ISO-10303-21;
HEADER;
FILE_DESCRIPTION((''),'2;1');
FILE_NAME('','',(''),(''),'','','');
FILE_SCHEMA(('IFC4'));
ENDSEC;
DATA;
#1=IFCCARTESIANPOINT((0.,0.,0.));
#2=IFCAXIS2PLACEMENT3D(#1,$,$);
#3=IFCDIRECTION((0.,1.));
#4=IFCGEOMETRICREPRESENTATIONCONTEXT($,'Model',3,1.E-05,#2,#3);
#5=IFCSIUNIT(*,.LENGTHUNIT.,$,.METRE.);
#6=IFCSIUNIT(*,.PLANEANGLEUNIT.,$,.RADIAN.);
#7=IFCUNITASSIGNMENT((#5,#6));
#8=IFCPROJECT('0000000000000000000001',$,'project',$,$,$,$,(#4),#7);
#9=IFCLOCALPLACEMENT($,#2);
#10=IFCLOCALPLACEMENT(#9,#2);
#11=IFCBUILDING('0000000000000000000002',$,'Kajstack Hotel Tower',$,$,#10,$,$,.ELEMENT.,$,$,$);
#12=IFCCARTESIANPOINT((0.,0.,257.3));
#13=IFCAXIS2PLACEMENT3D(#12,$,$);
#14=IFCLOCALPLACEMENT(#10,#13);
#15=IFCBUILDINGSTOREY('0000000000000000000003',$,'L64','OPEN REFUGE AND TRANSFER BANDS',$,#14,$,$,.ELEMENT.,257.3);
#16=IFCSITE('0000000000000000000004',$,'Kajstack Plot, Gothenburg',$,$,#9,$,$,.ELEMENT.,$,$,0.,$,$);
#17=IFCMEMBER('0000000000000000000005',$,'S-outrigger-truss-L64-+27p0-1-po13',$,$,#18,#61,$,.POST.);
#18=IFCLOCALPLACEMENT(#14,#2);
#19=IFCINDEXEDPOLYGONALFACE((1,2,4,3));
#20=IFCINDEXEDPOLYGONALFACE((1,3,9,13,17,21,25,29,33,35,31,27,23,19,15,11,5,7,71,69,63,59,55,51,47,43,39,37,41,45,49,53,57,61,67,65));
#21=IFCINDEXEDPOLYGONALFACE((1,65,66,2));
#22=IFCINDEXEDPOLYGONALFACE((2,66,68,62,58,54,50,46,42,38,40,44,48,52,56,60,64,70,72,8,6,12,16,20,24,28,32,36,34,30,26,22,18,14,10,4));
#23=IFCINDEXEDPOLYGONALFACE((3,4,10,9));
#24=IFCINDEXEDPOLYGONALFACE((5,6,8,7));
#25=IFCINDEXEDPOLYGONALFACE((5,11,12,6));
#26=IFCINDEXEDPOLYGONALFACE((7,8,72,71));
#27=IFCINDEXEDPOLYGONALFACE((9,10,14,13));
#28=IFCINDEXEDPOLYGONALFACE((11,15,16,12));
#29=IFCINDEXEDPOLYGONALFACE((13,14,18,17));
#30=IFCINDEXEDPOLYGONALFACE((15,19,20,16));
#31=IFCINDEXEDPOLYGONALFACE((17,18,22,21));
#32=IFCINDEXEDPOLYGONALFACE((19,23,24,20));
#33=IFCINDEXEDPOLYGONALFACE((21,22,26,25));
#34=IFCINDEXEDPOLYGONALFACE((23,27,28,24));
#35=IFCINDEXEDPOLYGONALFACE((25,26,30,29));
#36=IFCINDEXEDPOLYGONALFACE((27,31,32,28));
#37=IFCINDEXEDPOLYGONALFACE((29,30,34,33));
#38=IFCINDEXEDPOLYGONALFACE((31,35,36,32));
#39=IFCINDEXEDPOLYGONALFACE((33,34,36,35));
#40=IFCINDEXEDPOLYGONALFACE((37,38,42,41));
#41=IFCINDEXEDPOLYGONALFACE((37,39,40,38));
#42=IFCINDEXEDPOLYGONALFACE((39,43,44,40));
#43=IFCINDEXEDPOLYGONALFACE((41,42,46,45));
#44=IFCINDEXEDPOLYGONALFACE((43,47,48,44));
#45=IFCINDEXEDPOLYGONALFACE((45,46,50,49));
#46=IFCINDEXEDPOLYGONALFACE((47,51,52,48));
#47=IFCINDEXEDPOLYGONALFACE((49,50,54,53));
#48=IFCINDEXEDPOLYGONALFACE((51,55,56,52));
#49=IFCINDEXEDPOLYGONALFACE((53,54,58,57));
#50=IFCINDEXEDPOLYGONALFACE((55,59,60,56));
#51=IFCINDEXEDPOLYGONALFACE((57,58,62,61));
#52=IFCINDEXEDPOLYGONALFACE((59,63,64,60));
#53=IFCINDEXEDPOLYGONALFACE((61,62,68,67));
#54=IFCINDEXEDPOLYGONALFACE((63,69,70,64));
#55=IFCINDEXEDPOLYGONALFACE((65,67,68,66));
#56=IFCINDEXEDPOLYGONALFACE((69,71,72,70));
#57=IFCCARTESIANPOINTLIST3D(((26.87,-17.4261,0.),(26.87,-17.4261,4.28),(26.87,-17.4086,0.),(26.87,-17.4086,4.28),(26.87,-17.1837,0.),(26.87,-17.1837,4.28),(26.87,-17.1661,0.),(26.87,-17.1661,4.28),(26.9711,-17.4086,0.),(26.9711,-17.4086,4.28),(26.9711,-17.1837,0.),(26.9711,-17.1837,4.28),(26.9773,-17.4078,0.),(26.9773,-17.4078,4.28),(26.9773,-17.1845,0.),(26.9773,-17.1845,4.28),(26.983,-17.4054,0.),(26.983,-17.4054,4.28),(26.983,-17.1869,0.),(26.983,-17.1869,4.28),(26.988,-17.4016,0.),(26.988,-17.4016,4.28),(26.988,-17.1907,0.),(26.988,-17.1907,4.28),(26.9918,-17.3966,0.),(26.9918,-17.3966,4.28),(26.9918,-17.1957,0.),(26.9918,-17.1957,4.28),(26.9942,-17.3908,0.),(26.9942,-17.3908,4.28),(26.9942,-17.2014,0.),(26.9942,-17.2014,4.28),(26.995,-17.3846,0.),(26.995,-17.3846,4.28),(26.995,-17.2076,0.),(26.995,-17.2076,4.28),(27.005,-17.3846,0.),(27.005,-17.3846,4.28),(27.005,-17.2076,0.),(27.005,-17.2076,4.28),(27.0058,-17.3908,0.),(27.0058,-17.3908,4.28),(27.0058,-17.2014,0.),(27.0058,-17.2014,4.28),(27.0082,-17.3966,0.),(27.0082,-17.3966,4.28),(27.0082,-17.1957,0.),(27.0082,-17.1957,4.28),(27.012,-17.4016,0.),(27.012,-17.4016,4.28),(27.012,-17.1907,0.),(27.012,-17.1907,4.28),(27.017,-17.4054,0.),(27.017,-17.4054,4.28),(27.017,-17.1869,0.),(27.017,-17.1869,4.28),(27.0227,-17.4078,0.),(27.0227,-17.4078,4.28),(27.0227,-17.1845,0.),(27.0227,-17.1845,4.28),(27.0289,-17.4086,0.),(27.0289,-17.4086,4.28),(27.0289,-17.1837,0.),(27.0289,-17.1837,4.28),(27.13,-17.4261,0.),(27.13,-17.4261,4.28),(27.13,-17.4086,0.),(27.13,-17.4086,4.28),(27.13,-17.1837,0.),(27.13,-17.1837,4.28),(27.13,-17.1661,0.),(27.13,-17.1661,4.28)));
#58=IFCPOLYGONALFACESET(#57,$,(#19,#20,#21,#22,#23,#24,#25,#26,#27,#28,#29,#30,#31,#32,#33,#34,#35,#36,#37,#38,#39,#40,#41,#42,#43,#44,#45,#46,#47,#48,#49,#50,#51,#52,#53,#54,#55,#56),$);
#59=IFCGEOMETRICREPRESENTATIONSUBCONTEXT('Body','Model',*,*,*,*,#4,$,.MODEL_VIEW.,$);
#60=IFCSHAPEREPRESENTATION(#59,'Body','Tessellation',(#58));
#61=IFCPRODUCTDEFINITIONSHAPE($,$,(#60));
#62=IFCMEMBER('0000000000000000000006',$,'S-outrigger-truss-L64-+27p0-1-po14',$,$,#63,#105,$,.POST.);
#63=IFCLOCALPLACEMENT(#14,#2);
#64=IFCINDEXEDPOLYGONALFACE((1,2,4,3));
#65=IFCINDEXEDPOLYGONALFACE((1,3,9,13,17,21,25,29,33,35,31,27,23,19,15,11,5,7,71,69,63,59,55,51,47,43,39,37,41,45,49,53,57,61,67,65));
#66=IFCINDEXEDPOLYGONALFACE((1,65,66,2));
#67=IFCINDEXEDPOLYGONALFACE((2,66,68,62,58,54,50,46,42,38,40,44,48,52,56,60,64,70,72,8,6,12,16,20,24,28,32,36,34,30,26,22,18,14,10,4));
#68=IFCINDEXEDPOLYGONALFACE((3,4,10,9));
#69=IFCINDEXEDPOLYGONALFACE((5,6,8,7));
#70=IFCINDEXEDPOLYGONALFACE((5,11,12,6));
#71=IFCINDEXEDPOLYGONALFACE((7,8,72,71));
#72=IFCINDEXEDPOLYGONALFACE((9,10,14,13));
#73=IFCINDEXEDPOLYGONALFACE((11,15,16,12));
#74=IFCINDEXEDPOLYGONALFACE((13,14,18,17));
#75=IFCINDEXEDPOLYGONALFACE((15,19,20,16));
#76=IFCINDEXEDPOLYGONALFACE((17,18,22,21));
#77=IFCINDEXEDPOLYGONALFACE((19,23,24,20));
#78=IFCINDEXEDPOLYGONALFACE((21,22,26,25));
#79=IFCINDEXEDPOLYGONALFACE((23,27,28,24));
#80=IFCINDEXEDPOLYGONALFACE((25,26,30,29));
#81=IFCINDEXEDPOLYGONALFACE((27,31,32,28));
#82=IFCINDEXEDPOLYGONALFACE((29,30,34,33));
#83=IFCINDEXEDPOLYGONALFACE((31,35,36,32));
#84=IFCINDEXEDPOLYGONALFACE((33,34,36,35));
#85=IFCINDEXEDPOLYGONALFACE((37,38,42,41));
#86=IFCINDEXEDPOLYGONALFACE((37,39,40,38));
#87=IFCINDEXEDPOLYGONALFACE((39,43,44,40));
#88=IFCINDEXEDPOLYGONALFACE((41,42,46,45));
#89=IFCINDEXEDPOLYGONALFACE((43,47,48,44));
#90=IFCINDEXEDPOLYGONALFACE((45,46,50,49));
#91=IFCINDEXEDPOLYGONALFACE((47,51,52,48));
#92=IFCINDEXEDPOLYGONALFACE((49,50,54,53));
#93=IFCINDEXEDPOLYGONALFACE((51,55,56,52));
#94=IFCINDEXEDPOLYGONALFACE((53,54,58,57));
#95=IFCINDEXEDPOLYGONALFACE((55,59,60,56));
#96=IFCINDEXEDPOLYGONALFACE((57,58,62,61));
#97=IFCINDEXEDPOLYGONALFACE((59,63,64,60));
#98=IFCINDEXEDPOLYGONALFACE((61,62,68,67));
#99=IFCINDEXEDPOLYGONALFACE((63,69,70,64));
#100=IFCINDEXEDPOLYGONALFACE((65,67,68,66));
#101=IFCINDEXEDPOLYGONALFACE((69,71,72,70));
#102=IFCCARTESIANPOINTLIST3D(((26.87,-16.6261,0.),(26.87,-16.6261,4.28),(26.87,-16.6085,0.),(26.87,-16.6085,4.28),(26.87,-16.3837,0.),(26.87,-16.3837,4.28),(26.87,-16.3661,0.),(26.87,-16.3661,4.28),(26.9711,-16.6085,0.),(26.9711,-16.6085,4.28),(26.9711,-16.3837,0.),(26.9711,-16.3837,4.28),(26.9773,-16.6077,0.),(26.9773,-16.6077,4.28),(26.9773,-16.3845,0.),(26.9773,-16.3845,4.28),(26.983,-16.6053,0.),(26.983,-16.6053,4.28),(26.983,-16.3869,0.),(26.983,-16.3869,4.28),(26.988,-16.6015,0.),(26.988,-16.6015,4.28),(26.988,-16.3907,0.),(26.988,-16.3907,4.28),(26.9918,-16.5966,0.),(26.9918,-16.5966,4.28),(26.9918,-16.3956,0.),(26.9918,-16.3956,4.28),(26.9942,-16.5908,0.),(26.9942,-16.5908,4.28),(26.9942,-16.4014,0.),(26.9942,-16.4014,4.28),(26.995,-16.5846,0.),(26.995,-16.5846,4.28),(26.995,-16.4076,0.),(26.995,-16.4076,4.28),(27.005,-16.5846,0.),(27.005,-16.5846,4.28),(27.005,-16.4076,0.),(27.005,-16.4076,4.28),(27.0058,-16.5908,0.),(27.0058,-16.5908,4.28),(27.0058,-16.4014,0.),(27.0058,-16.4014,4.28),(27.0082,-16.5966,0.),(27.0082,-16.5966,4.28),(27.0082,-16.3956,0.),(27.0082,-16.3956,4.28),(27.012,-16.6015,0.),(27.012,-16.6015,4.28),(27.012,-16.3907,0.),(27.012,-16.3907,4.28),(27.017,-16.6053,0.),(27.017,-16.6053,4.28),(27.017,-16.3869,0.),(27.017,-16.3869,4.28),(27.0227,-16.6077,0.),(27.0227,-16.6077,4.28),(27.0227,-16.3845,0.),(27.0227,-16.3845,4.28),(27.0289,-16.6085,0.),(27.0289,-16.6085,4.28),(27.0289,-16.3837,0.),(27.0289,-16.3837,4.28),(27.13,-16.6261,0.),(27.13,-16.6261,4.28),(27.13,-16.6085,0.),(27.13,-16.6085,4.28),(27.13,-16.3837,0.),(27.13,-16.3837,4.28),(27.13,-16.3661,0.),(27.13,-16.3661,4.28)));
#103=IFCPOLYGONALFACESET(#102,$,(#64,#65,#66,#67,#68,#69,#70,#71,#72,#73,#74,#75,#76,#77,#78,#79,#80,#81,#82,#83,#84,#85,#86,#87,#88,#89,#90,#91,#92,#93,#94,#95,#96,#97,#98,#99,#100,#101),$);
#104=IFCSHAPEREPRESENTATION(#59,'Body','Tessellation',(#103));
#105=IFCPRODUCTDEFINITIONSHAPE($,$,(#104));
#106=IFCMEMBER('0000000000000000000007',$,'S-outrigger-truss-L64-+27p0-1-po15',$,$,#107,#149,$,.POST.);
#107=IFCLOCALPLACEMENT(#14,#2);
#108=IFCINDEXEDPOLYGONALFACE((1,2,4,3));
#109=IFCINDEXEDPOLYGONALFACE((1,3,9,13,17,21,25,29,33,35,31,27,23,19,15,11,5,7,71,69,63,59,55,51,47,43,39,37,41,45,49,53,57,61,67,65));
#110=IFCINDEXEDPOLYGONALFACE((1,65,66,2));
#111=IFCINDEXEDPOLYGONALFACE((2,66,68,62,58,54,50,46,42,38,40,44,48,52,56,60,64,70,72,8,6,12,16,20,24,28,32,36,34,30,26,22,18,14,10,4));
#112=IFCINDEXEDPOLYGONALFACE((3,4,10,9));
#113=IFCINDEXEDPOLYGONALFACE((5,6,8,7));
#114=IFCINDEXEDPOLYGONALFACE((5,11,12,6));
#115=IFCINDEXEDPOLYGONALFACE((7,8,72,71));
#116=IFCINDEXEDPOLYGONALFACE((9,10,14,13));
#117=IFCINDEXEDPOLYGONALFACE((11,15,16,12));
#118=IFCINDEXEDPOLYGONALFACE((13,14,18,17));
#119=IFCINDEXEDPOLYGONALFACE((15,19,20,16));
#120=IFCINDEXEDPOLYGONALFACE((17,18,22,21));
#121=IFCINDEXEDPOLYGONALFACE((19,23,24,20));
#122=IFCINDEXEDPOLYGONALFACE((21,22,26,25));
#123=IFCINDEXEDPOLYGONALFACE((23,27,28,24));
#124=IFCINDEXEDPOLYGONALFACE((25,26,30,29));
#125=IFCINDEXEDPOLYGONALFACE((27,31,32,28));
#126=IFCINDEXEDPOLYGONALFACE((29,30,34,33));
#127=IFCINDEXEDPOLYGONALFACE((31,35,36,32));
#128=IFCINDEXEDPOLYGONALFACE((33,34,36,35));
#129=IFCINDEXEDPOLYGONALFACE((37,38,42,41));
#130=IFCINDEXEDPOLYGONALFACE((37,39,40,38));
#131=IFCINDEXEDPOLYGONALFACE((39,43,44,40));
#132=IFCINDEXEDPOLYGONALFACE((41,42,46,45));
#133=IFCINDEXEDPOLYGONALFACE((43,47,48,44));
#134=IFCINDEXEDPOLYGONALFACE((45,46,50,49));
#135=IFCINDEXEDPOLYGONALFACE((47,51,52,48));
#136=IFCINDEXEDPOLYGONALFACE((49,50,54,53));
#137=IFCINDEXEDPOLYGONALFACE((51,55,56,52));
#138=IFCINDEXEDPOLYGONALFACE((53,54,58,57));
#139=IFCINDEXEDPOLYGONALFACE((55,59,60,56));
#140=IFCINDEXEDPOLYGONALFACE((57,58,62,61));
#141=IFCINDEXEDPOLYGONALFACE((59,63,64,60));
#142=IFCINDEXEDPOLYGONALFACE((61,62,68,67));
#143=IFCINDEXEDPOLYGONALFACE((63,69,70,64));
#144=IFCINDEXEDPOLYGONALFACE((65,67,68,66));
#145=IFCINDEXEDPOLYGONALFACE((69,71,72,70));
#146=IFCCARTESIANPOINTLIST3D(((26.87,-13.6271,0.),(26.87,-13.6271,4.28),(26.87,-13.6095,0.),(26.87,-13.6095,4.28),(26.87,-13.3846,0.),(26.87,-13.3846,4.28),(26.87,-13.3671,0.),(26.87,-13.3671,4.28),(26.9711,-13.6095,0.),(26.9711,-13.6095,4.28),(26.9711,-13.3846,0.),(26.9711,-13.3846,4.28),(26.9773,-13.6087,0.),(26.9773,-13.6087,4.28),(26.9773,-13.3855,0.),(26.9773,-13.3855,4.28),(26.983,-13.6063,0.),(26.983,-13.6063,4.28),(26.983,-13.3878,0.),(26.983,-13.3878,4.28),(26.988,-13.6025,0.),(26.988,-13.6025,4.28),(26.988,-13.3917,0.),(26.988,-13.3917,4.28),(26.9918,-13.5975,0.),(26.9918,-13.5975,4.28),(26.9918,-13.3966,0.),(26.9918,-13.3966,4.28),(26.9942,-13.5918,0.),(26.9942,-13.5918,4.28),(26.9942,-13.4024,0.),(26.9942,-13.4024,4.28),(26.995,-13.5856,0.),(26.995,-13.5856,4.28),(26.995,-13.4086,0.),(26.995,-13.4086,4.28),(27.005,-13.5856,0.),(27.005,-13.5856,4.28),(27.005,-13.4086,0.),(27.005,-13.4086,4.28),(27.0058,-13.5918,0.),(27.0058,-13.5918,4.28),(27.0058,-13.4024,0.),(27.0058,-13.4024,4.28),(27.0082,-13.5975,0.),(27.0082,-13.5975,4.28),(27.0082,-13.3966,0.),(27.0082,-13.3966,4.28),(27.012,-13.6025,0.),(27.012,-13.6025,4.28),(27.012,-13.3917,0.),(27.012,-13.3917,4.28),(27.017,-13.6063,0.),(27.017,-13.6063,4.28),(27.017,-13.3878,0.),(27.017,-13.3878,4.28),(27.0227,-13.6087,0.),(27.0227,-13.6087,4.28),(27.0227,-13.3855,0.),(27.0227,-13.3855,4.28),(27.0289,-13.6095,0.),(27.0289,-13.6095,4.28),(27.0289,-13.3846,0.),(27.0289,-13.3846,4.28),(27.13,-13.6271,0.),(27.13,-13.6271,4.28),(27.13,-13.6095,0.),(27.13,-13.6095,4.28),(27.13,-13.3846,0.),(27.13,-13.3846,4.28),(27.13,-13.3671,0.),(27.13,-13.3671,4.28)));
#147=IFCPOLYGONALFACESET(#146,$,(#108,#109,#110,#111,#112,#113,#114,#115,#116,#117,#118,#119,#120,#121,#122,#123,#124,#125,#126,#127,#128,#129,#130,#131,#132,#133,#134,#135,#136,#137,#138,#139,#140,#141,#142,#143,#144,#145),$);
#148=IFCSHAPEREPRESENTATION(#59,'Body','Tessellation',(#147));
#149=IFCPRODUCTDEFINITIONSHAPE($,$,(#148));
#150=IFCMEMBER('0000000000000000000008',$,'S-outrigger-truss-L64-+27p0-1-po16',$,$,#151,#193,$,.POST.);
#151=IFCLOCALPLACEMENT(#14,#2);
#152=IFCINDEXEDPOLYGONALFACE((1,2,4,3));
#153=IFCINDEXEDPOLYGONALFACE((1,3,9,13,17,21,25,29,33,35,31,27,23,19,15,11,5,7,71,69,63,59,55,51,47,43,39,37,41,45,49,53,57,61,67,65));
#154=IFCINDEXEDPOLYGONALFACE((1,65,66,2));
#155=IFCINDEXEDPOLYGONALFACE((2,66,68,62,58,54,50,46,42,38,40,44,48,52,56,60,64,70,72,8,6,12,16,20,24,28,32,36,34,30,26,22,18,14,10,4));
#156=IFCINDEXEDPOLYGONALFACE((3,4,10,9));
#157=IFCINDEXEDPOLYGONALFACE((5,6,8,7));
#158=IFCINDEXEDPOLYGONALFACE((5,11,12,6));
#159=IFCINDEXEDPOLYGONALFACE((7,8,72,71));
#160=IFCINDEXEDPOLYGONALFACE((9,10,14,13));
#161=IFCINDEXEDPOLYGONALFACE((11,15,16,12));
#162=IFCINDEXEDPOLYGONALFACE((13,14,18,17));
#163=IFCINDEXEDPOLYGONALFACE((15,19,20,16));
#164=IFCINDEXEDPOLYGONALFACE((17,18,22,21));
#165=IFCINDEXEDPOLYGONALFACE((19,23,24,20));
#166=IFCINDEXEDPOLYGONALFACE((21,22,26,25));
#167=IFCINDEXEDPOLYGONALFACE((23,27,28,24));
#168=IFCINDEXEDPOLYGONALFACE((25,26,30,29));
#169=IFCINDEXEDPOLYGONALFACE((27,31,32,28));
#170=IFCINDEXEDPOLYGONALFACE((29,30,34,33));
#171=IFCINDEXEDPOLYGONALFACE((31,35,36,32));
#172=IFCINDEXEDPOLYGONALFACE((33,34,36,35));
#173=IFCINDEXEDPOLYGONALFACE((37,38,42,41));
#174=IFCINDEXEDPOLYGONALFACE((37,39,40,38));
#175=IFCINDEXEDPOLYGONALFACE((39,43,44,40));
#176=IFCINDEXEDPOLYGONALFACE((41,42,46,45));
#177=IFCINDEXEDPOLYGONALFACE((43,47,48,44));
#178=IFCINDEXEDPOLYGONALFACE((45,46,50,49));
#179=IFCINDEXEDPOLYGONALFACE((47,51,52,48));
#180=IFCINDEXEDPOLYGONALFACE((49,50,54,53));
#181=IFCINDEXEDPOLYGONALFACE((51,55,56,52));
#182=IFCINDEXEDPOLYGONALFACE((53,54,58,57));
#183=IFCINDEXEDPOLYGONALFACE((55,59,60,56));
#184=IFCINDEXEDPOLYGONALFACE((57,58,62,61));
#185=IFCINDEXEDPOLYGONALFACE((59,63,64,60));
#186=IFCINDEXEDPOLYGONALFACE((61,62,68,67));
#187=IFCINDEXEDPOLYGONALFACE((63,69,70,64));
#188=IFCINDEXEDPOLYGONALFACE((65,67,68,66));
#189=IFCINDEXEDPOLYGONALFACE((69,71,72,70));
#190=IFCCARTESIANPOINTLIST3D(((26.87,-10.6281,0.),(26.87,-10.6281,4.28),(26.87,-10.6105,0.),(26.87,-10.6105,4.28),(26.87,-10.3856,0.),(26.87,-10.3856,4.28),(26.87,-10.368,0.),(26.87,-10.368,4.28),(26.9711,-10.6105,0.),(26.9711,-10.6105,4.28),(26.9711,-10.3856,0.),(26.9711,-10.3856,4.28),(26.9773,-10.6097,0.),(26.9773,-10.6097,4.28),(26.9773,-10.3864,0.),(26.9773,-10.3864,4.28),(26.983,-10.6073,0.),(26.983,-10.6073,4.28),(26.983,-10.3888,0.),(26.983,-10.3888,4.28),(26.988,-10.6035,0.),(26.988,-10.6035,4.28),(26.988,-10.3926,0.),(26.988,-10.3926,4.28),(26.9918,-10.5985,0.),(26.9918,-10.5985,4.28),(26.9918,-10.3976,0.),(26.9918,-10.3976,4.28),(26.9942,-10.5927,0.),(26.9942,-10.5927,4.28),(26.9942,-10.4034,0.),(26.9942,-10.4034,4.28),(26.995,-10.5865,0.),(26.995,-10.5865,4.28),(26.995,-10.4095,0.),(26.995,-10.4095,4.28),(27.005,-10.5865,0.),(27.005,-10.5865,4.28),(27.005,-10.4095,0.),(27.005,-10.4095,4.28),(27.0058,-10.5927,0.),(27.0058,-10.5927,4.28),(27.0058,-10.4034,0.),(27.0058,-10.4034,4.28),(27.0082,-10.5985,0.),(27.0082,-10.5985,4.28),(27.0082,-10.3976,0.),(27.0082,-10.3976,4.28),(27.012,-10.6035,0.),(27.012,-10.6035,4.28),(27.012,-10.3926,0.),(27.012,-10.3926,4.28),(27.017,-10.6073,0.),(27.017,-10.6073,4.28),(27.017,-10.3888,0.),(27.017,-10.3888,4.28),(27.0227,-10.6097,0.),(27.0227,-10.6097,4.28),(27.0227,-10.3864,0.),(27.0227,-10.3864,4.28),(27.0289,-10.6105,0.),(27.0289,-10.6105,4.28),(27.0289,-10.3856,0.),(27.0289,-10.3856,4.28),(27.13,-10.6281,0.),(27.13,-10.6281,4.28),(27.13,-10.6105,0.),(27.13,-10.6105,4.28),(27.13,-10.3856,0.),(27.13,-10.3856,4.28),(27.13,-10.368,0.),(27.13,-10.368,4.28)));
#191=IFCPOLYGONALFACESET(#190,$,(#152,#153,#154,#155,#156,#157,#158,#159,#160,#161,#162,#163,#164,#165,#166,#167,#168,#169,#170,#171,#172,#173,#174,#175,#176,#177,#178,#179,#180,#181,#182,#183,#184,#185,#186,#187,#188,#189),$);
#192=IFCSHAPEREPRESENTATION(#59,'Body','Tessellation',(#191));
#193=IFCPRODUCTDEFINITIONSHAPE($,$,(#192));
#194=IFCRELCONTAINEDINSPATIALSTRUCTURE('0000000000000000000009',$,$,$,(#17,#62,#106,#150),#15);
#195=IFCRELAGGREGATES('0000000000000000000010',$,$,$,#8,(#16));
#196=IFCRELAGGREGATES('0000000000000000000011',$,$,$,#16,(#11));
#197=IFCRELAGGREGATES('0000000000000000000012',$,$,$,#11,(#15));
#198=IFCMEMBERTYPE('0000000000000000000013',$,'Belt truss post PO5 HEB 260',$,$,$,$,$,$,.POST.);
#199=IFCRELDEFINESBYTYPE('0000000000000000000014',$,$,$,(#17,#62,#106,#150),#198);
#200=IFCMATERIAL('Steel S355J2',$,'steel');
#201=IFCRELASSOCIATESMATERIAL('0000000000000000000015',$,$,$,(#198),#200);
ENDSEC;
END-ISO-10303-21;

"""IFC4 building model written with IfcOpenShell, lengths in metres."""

from ifc_helpers import new_model, si_unit, direction, frame, origin, origin_2d, place, context, subcontext, project, spatial, i_section, extrude, material, material_profile, profile_set, type_object, element, save


model = new_model("IFC4")

# Units and contexts
model_context = context("Model", 3, precision=1e-05, world=origin(), true_north=direction((0.0, 1.0)))
body_context = subcontext(model_context, "Body", "Model", "MODEL_VIEW")
ifc_project = project(units=[si_unit("LENGTHUNIT", "METRE"), si_unit("PLANEANGLEUNIT", "RADIAN")], contexts=[model_context])

# Site, building, storey
site_placement = place(None, origin())
site = spatial("IfcSite", under=ifc_project, at=site_placement, Name="Kajstack Plot, Gothenburg", CompositionType="ELEMENT", RefElevation=0.0)
building_placement = place(site_placement, origin())
building = spatial("IfcBuilding", under=site, at=building_placement, Name="Kajstack Hotel Tower", CompositionType="ELEMENT")
storey_placement = place(building_placement, frame((0.0, 0.0, 257.3)))
storey = spatial("IfcBuildingStorey", under=building, at=storey_placement, Name="L64", Description="OPEN REFUGE AND TRANSFER BANDS", CompositionType="ELEMENT", Elevation=257.3)

# Members
ifc_material = material(Name="Steel S355J2", Category="steel")
ifc_material_profile_1 = material_profile(ifc_material, i_section(OverallWidth=0.26, OverallDepth=0.26, WebThickness=0.01, FlangeThickness=0.0176, FilletRadius=0.0239, at=origin_2d()), Name="HEB 260")
ifc_profile_set_1 = profile_set([ifc_material_profile_1], Name="Steel S355J2")
member_type_1 = type_object("IfcMemberType", Name="Belt truss post PO5 HEB 260", PredefinedType="POST", material=ifc_profile_set_1)
for number, where, z_axis, x_axis, name in (
    (1, (27.0, -17.2961, 0.0), (0.0, 0.0, 1.0), (1.0, 0.0, 0.0), "S-outrigger-truss-L64-+27p0-1-po13"),
    (2, (27.0, -16.4961, 0.0), (0.0, 0.0, 1.0), (1.0, 0.0, 0.0), "S-outrigger-truss-L64-+27p0-1-po14"),
    (3, (27.0, -13.4971, 0.0), (0.0, 0.0, 1.0), (1.0, 0.0, 0.0), "S-outrigger-truss-L64-+27p0-1-po15"),
    (4, (27.0, -10.498, 0.0), (0.0, 0.0, 1.0), (1.0, 0.0, 0.0), "S-outrigger-truss-L64-+27p0-1-po16"),
):
    element("IfcMember", number, at=place(storey_placement, frame(where, z_axis=z_axis, x_axis=x_axis)), inside=storey, type_object=member_type_1, Name=name, PredefinedType="POST", context=body_context, shape_type="SweptSolid", body=[
        extrude(i_section(OverallWidth=0.26, OverallDepth=0.26, WebThickness=0.01, FlangeThickness=0.0176, FilletRadius=0.0239, at=origin_2d()), origin(), (0.0, 0.0, 1.0), 4.28),
    ])

save(model, "model.ifc")
